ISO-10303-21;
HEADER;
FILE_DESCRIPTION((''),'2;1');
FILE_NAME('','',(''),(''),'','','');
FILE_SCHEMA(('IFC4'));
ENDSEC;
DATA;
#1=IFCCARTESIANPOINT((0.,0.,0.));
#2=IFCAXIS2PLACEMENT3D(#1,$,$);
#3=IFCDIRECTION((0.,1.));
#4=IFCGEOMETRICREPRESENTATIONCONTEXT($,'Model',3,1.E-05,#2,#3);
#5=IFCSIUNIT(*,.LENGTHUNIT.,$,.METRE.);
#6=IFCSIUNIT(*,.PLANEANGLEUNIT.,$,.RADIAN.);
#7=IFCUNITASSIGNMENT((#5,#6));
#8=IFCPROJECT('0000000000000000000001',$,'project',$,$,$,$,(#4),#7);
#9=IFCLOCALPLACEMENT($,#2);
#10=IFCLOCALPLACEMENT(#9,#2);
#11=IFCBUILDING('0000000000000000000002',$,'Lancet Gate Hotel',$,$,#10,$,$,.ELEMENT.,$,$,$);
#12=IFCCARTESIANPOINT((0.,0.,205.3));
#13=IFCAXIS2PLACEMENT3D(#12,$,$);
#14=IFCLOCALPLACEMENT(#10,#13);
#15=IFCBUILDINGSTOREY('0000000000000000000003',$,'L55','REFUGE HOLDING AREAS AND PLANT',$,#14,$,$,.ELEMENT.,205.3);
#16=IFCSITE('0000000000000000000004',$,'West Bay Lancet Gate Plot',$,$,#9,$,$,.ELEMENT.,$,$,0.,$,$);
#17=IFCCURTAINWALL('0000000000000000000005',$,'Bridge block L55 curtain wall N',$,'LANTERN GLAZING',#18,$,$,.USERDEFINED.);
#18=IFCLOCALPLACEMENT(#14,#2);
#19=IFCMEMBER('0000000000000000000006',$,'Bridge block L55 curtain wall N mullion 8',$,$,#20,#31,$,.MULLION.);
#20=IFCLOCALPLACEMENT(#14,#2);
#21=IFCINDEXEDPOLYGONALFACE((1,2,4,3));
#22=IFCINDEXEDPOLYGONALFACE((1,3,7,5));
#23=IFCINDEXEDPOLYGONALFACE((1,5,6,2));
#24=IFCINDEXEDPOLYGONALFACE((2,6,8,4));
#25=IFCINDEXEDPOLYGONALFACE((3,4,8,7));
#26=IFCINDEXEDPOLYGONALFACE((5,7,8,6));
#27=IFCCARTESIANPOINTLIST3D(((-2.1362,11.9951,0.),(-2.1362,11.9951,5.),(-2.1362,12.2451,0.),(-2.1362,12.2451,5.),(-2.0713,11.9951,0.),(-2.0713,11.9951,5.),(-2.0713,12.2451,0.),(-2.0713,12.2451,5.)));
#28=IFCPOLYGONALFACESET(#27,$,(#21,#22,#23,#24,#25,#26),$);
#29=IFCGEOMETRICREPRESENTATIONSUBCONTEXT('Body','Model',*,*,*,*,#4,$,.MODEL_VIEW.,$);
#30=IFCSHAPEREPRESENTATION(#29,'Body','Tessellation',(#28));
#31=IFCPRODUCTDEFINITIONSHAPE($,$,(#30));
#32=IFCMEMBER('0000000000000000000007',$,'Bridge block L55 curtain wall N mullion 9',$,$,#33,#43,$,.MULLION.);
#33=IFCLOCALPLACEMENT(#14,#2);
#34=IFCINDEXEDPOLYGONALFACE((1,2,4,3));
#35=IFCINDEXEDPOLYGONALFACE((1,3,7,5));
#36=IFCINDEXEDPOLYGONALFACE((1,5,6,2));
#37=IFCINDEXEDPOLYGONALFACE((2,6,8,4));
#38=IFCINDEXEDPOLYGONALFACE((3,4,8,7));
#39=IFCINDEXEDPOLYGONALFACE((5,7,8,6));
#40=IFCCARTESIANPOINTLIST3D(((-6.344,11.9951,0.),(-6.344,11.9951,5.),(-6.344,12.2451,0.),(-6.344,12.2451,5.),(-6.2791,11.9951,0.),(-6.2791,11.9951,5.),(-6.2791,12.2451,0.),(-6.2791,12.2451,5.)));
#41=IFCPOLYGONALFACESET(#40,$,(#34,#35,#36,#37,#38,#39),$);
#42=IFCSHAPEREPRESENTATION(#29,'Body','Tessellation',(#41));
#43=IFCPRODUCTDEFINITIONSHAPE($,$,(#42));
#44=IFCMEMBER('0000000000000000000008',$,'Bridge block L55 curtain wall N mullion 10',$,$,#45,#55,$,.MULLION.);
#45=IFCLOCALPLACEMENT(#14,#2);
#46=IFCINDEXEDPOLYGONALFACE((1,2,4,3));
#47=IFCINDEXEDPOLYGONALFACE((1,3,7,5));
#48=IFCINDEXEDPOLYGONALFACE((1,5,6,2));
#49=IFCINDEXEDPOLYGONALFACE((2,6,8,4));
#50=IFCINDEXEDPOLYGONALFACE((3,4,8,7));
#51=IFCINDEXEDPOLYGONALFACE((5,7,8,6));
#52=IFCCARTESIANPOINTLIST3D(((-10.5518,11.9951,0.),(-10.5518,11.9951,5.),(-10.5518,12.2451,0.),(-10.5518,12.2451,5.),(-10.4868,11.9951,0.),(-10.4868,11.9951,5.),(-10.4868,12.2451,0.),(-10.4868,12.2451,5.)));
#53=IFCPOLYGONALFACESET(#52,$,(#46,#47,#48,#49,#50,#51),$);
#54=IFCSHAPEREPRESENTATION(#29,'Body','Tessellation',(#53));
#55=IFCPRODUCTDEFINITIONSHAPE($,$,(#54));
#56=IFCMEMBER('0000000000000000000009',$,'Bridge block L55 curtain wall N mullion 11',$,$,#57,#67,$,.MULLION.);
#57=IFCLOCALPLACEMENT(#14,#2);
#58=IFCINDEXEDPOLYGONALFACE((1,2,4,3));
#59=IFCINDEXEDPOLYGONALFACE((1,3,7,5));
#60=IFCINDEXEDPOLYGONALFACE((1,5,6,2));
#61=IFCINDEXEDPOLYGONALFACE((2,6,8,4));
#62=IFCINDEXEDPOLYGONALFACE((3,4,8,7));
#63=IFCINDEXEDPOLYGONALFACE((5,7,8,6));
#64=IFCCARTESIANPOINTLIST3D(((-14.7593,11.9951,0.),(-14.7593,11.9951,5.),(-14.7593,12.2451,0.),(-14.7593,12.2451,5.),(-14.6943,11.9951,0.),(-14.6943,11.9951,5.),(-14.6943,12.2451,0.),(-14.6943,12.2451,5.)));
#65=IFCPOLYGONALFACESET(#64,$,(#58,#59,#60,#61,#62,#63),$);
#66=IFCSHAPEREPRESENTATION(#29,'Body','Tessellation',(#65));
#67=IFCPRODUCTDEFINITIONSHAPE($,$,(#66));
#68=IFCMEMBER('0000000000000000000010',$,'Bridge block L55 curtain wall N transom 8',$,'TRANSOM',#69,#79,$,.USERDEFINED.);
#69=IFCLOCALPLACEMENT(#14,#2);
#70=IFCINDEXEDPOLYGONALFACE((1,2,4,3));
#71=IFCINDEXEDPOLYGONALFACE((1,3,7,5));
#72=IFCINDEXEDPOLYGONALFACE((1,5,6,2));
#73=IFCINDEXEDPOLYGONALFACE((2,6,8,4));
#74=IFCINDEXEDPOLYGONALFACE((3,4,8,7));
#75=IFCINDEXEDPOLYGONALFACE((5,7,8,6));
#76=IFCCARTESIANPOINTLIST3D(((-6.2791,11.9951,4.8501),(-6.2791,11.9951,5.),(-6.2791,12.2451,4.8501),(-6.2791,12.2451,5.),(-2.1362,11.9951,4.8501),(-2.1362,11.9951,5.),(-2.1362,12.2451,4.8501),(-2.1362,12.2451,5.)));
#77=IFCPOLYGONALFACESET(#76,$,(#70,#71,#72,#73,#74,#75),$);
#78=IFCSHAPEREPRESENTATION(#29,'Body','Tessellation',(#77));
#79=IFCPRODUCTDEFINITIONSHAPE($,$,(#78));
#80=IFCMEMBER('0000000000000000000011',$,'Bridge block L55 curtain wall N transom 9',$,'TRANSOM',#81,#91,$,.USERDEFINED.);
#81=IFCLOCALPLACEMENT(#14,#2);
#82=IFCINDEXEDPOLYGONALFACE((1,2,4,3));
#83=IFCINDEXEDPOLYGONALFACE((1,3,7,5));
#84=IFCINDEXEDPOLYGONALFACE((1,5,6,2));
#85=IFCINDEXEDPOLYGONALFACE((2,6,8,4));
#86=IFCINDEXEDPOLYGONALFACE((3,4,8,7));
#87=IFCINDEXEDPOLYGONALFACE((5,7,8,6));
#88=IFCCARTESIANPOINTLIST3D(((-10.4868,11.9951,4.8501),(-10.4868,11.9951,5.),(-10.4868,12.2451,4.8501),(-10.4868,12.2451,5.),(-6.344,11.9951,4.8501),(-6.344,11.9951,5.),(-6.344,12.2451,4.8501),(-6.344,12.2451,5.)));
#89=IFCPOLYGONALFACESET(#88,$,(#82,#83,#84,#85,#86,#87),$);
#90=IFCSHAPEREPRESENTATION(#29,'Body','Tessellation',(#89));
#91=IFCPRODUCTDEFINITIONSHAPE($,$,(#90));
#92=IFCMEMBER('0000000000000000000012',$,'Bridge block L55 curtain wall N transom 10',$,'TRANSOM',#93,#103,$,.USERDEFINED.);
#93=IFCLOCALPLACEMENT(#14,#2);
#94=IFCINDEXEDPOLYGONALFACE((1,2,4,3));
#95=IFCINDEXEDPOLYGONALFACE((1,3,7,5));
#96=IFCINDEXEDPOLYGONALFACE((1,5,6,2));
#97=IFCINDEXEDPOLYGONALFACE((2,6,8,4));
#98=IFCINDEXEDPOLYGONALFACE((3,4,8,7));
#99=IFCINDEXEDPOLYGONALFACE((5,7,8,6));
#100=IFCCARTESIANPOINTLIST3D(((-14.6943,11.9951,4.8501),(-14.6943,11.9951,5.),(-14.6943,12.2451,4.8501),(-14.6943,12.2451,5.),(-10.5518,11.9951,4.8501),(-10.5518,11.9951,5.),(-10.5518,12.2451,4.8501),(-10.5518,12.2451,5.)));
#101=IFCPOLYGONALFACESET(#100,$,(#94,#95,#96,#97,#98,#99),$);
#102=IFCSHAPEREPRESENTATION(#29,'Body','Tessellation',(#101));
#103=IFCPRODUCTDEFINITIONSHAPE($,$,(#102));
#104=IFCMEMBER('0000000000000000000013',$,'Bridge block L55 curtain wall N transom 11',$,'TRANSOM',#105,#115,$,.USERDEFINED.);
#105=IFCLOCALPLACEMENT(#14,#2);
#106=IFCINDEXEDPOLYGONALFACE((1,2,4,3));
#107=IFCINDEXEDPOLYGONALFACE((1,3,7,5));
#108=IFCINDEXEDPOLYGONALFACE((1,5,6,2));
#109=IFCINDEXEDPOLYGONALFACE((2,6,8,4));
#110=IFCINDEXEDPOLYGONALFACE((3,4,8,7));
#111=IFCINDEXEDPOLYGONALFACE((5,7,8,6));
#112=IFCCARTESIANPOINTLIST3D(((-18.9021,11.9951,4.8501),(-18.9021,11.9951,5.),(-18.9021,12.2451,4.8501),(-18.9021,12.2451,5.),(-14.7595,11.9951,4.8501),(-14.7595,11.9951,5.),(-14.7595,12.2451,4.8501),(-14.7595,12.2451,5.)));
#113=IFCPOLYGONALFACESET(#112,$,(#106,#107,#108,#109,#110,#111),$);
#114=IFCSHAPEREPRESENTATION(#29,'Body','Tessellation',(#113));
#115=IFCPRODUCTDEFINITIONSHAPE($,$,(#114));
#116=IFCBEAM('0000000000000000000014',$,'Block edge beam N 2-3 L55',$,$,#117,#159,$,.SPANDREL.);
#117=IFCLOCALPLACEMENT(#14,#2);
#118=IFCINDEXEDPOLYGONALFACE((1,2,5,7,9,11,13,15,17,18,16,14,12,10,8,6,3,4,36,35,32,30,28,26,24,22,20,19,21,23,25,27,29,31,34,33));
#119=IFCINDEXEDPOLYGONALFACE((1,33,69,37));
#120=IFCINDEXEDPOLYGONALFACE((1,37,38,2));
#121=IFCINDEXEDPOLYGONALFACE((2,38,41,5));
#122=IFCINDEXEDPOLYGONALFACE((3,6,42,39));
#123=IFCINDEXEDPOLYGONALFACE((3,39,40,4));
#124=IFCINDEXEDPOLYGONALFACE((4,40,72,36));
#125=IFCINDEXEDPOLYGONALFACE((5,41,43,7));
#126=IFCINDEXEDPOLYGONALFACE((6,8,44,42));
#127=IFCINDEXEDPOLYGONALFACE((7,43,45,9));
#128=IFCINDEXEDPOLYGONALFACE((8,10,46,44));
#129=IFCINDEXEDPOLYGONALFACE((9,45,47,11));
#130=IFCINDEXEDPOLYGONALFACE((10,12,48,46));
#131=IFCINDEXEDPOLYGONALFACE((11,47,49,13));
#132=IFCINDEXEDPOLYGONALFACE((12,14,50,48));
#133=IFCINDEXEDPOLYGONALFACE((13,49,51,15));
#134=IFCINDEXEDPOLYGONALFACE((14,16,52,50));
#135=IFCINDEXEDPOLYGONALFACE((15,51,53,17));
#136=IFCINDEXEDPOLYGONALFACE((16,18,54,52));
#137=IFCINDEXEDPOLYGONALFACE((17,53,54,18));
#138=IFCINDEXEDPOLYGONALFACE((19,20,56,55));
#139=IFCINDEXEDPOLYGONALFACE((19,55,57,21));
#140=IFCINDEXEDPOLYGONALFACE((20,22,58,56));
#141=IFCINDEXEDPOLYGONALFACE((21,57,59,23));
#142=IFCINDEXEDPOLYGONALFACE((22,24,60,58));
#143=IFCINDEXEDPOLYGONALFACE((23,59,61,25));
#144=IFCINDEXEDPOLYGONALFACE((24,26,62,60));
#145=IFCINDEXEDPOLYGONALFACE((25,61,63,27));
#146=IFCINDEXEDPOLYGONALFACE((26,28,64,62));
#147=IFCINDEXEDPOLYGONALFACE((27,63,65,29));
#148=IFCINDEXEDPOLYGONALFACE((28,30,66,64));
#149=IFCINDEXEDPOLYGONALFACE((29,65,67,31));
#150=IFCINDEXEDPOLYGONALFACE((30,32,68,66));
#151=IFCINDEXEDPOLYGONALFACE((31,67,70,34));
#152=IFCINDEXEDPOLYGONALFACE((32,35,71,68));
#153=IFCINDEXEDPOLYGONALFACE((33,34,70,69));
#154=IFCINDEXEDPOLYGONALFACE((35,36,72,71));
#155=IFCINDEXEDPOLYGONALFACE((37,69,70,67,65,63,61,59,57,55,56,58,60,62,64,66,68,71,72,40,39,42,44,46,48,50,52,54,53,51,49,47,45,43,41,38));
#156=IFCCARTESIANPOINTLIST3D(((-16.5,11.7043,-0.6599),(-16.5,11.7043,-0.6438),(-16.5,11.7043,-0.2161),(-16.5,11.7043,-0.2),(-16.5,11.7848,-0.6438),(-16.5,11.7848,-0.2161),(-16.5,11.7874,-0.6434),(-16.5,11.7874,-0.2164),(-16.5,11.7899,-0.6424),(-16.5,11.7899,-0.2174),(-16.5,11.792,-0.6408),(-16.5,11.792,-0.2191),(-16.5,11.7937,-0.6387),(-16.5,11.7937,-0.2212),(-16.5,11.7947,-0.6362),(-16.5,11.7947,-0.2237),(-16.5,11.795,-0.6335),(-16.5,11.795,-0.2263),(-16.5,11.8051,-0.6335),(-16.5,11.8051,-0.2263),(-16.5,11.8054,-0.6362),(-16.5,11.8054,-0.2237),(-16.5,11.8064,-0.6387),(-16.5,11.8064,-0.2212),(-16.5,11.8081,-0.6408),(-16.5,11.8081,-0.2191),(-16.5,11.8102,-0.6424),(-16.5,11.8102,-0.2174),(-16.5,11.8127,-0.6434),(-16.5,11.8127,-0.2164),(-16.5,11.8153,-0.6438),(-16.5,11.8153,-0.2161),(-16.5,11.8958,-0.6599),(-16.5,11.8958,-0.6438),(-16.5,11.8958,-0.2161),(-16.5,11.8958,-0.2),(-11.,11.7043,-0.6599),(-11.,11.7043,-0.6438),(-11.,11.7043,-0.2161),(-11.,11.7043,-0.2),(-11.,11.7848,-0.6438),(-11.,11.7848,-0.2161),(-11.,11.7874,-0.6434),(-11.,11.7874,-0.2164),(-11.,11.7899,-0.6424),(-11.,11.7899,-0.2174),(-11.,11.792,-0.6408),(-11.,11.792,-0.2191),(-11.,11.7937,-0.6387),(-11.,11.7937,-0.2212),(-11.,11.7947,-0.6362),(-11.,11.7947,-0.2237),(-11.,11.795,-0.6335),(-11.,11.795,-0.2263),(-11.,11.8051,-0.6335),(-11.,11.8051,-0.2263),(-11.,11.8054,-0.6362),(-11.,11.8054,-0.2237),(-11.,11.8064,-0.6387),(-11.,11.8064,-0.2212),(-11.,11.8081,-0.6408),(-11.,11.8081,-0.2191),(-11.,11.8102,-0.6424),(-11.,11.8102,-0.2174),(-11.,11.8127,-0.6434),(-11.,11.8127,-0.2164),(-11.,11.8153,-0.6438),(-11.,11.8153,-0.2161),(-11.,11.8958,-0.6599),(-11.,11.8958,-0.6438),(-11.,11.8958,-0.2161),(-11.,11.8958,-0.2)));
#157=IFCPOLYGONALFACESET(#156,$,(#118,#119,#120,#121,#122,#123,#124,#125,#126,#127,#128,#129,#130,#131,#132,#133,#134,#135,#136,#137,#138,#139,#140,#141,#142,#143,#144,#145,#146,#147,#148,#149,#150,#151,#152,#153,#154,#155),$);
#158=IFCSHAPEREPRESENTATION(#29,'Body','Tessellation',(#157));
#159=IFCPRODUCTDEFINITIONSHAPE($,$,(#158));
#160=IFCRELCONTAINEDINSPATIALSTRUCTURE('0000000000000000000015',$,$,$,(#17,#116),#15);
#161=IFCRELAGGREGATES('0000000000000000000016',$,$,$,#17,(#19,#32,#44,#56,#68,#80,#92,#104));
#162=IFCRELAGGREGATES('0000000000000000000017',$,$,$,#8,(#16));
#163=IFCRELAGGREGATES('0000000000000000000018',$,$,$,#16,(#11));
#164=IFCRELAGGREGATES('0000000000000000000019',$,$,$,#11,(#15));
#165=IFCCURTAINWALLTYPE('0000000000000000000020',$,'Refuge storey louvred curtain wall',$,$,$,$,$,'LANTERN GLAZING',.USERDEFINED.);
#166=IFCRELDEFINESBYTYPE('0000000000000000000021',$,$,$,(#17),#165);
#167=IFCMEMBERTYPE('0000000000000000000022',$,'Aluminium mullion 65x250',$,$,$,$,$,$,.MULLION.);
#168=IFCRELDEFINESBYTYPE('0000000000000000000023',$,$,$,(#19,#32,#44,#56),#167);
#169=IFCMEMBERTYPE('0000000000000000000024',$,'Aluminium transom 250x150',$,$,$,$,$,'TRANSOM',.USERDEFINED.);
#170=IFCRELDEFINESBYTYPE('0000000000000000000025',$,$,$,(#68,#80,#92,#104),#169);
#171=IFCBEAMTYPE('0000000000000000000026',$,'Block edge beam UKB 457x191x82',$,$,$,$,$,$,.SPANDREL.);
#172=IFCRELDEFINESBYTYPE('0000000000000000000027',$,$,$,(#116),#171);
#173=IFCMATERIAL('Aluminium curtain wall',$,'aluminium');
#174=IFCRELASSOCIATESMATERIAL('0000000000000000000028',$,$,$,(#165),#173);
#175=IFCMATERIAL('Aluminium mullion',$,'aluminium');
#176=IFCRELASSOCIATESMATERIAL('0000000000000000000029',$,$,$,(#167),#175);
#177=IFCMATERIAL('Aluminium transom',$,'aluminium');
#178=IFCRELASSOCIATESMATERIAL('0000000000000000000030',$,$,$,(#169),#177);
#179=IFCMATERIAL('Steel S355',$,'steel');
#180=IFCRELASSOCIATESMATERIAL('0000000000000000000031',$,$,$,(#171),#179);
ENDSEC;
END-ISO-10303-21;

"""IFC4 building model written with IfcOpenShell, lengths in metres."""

from ifc_helpers import new_model, si_unit, direction, frame, origin, origin_2d, place, context, subcontext, project, spatial, rectangle, i_section, extrude, material, material_profile, profile_set, type_object, element, aggregate, save


model = new_model("IFC4")

# Units and contexts
model_context = context("Model", 3, precision=1e-05, world=origin(), true_north=direction((0.0, 1.0)))
body_context = subcontext(model_context, "Body", "Model", "MODEL_VIEW")
ifc_project = project(units=[si_unit("LENGTHUNIT", "METRE"), si_unit("PLANEANGLEUNIT", "RADIAN")], contexts=[model_context])

# Site, building, storey
site_placement = place(None, origin())
site = spatial("IfcSite", under=ifc_project, at=site_placement, Name="West Bay Lancet Gate Plot", CompositionType="ELEMENT", RefElevation=0.0)
building_placement = place(site_placement, origin())
building = spatial("IfcBuilding", under=site, at=building_placement, Name="Lancet Gate Hotel", CompositionType="ELEMENT")
storey_placement = place(building_placement, frame((0.0, 0.0, 205.3)))
storey = spatial("IfcBuildingStorey", under=building, at=storey_placement, Name="L55", Description="REFUGE HOLDING AREAS AND PLANT", CompositionType="ELEMENT", Elevation=205.3)

# Curtain wall, members
ifc_material_1 = material(Name="Aluminium curtain wall", Category="aluminium")
curtain_wall_type = type_object("IfcCurtainWallType", Name="Refuge storey louvred curtain wall", ElementType="LANTERN GLAZING", PredefinedType="USERDEFINED", material=ifc_material_1)
curtain_wall_placement = place(storey_placement, origin())
curtain_wall = element("IfcCurtainWall", 1, at=curtain_wall_placement, inside=storey, type_object=curtain_wall_type, Name="Bridge block L55 curtain wall N", ObjectType="LANTERN GLAZING", PredefinedType="USERDEFINED")
ifc_material_2 = material(Name="Aluminium mullion", Category="aluminium")
ifc_material_profile_1 = material_profile(ifc_material_2, rectangle(XDim=0.0649, YDim=0.25, at=origin_2d()), Name="MULLION 65x250")
ifc_profile_set_1 = profile_set([ifc_material_profile_1], Name="Aluminium mullion")
member_type_1 = type_object("IfcMemberType", Name="Aluminium mullion 65x250", PredefinedType="MULLION", material=ifc_profile_set_1)
member_1_placement = place(storey_placement, frame((-2.1038, 12.1201, 0.0), z_axis=(0.0, 0.0, 1.0), x_axis=(-1.0, 0.0, 0.0)))
member_1 = element("IfcMember", 2, at=member_1_placement, type_object=member_type_1, Name="Bridge block L55 curtain wall N mullion 8", PredefinedType="MULLION", context=body_context, shape_type="SweptSolid", body=[
    extrude(rectangle(XDim=0.0649, YDim=0.25, at=origin_2d()), origin(), (0.0, 0.0, 1.0), 5.0),
])
member_2_placement = place(storey_placement, frame((-6.3115, 12.1201, 0.0), z_axis=(0.0, 0.0, 1.0), x_axis=(-1.0, 0.0, 0.0)))
member_2 = element("IfcMember", 3, at=member_2_placement, type_object=member_type_1, Name="Bridge block L55 curtain wall N mullion 9", PredefinedType="MULLION", context=body_context, shape_type="SweptSolid", body=[
    extrude(rectangle(XDim=0.0649, YDim=0.25, at=origin_2d()), origin(), (0.0, 0.0, 1.0), 5.0),
])
member_3_placement = place(storey_placement, frame((-10.5193, 12.1201, 0.0), z_axis=(0.0, 0.0, 1.0), x_axis=(-1.0, 0.0, 0.0)))
member_3 = element("IfcMember", 4, at=member_3_placement, type_object=member_type_1, Name="Bridge block L55 curtain wall N mullion 10", PredefinedType="MULLION", context=body_context, shape_type="SweptSolid", body=[
    extrude(rectangle(XDim=0.0649, YDim=0.25, at=origin_2d()), origin(), (0.0, 0.0, 1.0), 5.0),
])
member_4_placement = place(storey_placement, frame((-14.7268, 12.1201, 0.0), z_axis=(0.0, 0.0, 1.0), x_axis=(-1.0, 0.0, 0.0)))
member_4 = element("IfcMember", 5, at=member_4_placement, type_object=member_type_1, Name="Bridge block L55 curtain wall N mullion 11", PredefinedType="MULLION", context=body_context, shape_type="SweptSolid", body=[
    extrude(rectangle(XDim=0.0649, YDim=0.25, at=origin_2d()), origin(), (0.0, 0.0, 1.0), 5.0),
])
ifc_material_3 = material(Name="Aluminium transom", Category="aluminium")
ifc_material_profile_2 = material_profile(ifc_material_3, rectangle(XDim=0.25, YDim=0.1499, at=origin_2d()), Name="TRANSOM 250x150")
ifc_profile_set_2 = profile_set([ifc_material_profile_2], Name="Aluminium transom")
member_type_2 = type_object("IfcMemberType", Name="Aluminium transom 250x150", ElementType="TRANSOM", PredefinedType="USERDEFINED", material=ifc_profile_set_2)
member_5_placement = place(storey_placement, frame((-2.1362, 12.1201, 4.925), z_axis=(-1.0, 0.0, 0.0), x_axis=(0.0, -1.0, 0.0)))
member_5 = element("IfcMember", 6, at=member_5_placement, type_object=member_type_2, Name="Bridge block L55 curtain wall N transom 8", ObjectType="TRANSOM", PredefinedType="USERDEFINED", context=body_context, shape_type="SweptSolid", body=[
    extrude(rectangle(XDim=0.25, YDim=0.1499, at=origin_2d()), origin(), (0.0, 0.0, 1.0), 4.1428),
])
member_6_placement = place(storey_placement, frame((-6.344, 12.1201, 4.925), z_axis=(-1.0, 0.0, 0.0), x_axis=(0.0, -1.0, 0.0)))
member_6 = element("IfcMember", 7, at=member_6_placement, type_object=member_type_2, Name="Bridge block L55 curtain wall N transom 9", ObjectType="TRANSOM", PredefinedType="USERDEFINED", context=body_context, shape_type="SweptSolid", body=[
    extrude(rectangle(XDim=0.25, YDim=0.1499, at=origin_2d()), origin(), (0.0, 0.0, 1.0), 4.1428),
])
member_7_placement = place(storey_placement, frame((-10.5518, 12.1201, 4.925), z_axis=(-1.0, 0.0, 0.0), x_axis=(0.0, -1.0, 0.0)))
member_7 = element("IfcMember", 8, at=member_7_placement, type_object=member_type_2, Name="Bridge block L55 curtain wall N transom 10", ObjectType="TRANSOM", PredefinedType="USERDEFINED", context=body_context, shape_type="SweptSolid", body=[
    extrude(rectangle(XDim=0.25, YDim=0.1499, at=origin_2d()), origin(), (0.0, 0.0, 1.0), 4.1426),
])
member_8_placement = place(storey_placement, frame((-14.7595, 12.1201, 4.925), z_axis=(-1.0, 0.0, 0.0), x_axis=(0.0, -1.0, 0.0)))
member_8 = element("IfcMember", 9, at=member_8_placement, type_object=member_type_2, Name="Bridge block L55 curtain wall N transom 11", ObjectType="TRANSOM", PredefinedType="USERDEFINED", context=body_context, shape_type="SweptSolid", body=[
    extrude(rectangle(XDim=0.25, YDim=0.1499, at=origin_2d()), origin(), (0.0, 0.0, 1.0), 4.1426),
])

# Beam
ifc_material_4 = material(Name="Steel S355", Category="steel")
ifc_material_profile_3 = material_profile(ifc_material_4, i_section(OverallWidth=0.1914, OverallDepth=0.46, WebThickness=0.01, FlangeThickness=0.0161, FilletRadius=0.0103, at=origin_2d()), Name="UKB 457x191x82")
ifc_profile_set_3 = profile_set([ifc_material_profile_3], Name="Steel S355")
beam_type_1 = type_object("IfcBeamType", Name="Block edge beam UKB 457x191x82", PredefinedType="SPANDREL", material=ifc_profile_set_3)
for number, where, z_axis, x_axis, name in (
    (10, (-16.5, 11.8, -0.4299), (1.0, 0.0, 0.0), (0.0, 1.0, 0.0), "Block edge beam N 2-3 L55"),
):
    element("IfcBeam", number, at=place(storey_placement, frame(where, z_axis=z_axis, x_axis=x_axis)), inside=storey, type_object=beam_type_1, Name=name, PredefinedType="SPANDREL", context=body_context, shape_type="SweptSolid", body=[
        extrude(i_section(OverallWidth=0.1914, OverallDepth=0.46, WebThickness=0.01, FlangeThickness=0.0161, FilletRadius=0.0103, at=origin_2d()), origin(), (0.0, 0.0, 1.0), 5.5),
    ])

aggregate(curtain_wall, [member_1, member_2, member_3, member_4, member_5, member_6, member_7, member_8])

save(model, "model.ifc")
